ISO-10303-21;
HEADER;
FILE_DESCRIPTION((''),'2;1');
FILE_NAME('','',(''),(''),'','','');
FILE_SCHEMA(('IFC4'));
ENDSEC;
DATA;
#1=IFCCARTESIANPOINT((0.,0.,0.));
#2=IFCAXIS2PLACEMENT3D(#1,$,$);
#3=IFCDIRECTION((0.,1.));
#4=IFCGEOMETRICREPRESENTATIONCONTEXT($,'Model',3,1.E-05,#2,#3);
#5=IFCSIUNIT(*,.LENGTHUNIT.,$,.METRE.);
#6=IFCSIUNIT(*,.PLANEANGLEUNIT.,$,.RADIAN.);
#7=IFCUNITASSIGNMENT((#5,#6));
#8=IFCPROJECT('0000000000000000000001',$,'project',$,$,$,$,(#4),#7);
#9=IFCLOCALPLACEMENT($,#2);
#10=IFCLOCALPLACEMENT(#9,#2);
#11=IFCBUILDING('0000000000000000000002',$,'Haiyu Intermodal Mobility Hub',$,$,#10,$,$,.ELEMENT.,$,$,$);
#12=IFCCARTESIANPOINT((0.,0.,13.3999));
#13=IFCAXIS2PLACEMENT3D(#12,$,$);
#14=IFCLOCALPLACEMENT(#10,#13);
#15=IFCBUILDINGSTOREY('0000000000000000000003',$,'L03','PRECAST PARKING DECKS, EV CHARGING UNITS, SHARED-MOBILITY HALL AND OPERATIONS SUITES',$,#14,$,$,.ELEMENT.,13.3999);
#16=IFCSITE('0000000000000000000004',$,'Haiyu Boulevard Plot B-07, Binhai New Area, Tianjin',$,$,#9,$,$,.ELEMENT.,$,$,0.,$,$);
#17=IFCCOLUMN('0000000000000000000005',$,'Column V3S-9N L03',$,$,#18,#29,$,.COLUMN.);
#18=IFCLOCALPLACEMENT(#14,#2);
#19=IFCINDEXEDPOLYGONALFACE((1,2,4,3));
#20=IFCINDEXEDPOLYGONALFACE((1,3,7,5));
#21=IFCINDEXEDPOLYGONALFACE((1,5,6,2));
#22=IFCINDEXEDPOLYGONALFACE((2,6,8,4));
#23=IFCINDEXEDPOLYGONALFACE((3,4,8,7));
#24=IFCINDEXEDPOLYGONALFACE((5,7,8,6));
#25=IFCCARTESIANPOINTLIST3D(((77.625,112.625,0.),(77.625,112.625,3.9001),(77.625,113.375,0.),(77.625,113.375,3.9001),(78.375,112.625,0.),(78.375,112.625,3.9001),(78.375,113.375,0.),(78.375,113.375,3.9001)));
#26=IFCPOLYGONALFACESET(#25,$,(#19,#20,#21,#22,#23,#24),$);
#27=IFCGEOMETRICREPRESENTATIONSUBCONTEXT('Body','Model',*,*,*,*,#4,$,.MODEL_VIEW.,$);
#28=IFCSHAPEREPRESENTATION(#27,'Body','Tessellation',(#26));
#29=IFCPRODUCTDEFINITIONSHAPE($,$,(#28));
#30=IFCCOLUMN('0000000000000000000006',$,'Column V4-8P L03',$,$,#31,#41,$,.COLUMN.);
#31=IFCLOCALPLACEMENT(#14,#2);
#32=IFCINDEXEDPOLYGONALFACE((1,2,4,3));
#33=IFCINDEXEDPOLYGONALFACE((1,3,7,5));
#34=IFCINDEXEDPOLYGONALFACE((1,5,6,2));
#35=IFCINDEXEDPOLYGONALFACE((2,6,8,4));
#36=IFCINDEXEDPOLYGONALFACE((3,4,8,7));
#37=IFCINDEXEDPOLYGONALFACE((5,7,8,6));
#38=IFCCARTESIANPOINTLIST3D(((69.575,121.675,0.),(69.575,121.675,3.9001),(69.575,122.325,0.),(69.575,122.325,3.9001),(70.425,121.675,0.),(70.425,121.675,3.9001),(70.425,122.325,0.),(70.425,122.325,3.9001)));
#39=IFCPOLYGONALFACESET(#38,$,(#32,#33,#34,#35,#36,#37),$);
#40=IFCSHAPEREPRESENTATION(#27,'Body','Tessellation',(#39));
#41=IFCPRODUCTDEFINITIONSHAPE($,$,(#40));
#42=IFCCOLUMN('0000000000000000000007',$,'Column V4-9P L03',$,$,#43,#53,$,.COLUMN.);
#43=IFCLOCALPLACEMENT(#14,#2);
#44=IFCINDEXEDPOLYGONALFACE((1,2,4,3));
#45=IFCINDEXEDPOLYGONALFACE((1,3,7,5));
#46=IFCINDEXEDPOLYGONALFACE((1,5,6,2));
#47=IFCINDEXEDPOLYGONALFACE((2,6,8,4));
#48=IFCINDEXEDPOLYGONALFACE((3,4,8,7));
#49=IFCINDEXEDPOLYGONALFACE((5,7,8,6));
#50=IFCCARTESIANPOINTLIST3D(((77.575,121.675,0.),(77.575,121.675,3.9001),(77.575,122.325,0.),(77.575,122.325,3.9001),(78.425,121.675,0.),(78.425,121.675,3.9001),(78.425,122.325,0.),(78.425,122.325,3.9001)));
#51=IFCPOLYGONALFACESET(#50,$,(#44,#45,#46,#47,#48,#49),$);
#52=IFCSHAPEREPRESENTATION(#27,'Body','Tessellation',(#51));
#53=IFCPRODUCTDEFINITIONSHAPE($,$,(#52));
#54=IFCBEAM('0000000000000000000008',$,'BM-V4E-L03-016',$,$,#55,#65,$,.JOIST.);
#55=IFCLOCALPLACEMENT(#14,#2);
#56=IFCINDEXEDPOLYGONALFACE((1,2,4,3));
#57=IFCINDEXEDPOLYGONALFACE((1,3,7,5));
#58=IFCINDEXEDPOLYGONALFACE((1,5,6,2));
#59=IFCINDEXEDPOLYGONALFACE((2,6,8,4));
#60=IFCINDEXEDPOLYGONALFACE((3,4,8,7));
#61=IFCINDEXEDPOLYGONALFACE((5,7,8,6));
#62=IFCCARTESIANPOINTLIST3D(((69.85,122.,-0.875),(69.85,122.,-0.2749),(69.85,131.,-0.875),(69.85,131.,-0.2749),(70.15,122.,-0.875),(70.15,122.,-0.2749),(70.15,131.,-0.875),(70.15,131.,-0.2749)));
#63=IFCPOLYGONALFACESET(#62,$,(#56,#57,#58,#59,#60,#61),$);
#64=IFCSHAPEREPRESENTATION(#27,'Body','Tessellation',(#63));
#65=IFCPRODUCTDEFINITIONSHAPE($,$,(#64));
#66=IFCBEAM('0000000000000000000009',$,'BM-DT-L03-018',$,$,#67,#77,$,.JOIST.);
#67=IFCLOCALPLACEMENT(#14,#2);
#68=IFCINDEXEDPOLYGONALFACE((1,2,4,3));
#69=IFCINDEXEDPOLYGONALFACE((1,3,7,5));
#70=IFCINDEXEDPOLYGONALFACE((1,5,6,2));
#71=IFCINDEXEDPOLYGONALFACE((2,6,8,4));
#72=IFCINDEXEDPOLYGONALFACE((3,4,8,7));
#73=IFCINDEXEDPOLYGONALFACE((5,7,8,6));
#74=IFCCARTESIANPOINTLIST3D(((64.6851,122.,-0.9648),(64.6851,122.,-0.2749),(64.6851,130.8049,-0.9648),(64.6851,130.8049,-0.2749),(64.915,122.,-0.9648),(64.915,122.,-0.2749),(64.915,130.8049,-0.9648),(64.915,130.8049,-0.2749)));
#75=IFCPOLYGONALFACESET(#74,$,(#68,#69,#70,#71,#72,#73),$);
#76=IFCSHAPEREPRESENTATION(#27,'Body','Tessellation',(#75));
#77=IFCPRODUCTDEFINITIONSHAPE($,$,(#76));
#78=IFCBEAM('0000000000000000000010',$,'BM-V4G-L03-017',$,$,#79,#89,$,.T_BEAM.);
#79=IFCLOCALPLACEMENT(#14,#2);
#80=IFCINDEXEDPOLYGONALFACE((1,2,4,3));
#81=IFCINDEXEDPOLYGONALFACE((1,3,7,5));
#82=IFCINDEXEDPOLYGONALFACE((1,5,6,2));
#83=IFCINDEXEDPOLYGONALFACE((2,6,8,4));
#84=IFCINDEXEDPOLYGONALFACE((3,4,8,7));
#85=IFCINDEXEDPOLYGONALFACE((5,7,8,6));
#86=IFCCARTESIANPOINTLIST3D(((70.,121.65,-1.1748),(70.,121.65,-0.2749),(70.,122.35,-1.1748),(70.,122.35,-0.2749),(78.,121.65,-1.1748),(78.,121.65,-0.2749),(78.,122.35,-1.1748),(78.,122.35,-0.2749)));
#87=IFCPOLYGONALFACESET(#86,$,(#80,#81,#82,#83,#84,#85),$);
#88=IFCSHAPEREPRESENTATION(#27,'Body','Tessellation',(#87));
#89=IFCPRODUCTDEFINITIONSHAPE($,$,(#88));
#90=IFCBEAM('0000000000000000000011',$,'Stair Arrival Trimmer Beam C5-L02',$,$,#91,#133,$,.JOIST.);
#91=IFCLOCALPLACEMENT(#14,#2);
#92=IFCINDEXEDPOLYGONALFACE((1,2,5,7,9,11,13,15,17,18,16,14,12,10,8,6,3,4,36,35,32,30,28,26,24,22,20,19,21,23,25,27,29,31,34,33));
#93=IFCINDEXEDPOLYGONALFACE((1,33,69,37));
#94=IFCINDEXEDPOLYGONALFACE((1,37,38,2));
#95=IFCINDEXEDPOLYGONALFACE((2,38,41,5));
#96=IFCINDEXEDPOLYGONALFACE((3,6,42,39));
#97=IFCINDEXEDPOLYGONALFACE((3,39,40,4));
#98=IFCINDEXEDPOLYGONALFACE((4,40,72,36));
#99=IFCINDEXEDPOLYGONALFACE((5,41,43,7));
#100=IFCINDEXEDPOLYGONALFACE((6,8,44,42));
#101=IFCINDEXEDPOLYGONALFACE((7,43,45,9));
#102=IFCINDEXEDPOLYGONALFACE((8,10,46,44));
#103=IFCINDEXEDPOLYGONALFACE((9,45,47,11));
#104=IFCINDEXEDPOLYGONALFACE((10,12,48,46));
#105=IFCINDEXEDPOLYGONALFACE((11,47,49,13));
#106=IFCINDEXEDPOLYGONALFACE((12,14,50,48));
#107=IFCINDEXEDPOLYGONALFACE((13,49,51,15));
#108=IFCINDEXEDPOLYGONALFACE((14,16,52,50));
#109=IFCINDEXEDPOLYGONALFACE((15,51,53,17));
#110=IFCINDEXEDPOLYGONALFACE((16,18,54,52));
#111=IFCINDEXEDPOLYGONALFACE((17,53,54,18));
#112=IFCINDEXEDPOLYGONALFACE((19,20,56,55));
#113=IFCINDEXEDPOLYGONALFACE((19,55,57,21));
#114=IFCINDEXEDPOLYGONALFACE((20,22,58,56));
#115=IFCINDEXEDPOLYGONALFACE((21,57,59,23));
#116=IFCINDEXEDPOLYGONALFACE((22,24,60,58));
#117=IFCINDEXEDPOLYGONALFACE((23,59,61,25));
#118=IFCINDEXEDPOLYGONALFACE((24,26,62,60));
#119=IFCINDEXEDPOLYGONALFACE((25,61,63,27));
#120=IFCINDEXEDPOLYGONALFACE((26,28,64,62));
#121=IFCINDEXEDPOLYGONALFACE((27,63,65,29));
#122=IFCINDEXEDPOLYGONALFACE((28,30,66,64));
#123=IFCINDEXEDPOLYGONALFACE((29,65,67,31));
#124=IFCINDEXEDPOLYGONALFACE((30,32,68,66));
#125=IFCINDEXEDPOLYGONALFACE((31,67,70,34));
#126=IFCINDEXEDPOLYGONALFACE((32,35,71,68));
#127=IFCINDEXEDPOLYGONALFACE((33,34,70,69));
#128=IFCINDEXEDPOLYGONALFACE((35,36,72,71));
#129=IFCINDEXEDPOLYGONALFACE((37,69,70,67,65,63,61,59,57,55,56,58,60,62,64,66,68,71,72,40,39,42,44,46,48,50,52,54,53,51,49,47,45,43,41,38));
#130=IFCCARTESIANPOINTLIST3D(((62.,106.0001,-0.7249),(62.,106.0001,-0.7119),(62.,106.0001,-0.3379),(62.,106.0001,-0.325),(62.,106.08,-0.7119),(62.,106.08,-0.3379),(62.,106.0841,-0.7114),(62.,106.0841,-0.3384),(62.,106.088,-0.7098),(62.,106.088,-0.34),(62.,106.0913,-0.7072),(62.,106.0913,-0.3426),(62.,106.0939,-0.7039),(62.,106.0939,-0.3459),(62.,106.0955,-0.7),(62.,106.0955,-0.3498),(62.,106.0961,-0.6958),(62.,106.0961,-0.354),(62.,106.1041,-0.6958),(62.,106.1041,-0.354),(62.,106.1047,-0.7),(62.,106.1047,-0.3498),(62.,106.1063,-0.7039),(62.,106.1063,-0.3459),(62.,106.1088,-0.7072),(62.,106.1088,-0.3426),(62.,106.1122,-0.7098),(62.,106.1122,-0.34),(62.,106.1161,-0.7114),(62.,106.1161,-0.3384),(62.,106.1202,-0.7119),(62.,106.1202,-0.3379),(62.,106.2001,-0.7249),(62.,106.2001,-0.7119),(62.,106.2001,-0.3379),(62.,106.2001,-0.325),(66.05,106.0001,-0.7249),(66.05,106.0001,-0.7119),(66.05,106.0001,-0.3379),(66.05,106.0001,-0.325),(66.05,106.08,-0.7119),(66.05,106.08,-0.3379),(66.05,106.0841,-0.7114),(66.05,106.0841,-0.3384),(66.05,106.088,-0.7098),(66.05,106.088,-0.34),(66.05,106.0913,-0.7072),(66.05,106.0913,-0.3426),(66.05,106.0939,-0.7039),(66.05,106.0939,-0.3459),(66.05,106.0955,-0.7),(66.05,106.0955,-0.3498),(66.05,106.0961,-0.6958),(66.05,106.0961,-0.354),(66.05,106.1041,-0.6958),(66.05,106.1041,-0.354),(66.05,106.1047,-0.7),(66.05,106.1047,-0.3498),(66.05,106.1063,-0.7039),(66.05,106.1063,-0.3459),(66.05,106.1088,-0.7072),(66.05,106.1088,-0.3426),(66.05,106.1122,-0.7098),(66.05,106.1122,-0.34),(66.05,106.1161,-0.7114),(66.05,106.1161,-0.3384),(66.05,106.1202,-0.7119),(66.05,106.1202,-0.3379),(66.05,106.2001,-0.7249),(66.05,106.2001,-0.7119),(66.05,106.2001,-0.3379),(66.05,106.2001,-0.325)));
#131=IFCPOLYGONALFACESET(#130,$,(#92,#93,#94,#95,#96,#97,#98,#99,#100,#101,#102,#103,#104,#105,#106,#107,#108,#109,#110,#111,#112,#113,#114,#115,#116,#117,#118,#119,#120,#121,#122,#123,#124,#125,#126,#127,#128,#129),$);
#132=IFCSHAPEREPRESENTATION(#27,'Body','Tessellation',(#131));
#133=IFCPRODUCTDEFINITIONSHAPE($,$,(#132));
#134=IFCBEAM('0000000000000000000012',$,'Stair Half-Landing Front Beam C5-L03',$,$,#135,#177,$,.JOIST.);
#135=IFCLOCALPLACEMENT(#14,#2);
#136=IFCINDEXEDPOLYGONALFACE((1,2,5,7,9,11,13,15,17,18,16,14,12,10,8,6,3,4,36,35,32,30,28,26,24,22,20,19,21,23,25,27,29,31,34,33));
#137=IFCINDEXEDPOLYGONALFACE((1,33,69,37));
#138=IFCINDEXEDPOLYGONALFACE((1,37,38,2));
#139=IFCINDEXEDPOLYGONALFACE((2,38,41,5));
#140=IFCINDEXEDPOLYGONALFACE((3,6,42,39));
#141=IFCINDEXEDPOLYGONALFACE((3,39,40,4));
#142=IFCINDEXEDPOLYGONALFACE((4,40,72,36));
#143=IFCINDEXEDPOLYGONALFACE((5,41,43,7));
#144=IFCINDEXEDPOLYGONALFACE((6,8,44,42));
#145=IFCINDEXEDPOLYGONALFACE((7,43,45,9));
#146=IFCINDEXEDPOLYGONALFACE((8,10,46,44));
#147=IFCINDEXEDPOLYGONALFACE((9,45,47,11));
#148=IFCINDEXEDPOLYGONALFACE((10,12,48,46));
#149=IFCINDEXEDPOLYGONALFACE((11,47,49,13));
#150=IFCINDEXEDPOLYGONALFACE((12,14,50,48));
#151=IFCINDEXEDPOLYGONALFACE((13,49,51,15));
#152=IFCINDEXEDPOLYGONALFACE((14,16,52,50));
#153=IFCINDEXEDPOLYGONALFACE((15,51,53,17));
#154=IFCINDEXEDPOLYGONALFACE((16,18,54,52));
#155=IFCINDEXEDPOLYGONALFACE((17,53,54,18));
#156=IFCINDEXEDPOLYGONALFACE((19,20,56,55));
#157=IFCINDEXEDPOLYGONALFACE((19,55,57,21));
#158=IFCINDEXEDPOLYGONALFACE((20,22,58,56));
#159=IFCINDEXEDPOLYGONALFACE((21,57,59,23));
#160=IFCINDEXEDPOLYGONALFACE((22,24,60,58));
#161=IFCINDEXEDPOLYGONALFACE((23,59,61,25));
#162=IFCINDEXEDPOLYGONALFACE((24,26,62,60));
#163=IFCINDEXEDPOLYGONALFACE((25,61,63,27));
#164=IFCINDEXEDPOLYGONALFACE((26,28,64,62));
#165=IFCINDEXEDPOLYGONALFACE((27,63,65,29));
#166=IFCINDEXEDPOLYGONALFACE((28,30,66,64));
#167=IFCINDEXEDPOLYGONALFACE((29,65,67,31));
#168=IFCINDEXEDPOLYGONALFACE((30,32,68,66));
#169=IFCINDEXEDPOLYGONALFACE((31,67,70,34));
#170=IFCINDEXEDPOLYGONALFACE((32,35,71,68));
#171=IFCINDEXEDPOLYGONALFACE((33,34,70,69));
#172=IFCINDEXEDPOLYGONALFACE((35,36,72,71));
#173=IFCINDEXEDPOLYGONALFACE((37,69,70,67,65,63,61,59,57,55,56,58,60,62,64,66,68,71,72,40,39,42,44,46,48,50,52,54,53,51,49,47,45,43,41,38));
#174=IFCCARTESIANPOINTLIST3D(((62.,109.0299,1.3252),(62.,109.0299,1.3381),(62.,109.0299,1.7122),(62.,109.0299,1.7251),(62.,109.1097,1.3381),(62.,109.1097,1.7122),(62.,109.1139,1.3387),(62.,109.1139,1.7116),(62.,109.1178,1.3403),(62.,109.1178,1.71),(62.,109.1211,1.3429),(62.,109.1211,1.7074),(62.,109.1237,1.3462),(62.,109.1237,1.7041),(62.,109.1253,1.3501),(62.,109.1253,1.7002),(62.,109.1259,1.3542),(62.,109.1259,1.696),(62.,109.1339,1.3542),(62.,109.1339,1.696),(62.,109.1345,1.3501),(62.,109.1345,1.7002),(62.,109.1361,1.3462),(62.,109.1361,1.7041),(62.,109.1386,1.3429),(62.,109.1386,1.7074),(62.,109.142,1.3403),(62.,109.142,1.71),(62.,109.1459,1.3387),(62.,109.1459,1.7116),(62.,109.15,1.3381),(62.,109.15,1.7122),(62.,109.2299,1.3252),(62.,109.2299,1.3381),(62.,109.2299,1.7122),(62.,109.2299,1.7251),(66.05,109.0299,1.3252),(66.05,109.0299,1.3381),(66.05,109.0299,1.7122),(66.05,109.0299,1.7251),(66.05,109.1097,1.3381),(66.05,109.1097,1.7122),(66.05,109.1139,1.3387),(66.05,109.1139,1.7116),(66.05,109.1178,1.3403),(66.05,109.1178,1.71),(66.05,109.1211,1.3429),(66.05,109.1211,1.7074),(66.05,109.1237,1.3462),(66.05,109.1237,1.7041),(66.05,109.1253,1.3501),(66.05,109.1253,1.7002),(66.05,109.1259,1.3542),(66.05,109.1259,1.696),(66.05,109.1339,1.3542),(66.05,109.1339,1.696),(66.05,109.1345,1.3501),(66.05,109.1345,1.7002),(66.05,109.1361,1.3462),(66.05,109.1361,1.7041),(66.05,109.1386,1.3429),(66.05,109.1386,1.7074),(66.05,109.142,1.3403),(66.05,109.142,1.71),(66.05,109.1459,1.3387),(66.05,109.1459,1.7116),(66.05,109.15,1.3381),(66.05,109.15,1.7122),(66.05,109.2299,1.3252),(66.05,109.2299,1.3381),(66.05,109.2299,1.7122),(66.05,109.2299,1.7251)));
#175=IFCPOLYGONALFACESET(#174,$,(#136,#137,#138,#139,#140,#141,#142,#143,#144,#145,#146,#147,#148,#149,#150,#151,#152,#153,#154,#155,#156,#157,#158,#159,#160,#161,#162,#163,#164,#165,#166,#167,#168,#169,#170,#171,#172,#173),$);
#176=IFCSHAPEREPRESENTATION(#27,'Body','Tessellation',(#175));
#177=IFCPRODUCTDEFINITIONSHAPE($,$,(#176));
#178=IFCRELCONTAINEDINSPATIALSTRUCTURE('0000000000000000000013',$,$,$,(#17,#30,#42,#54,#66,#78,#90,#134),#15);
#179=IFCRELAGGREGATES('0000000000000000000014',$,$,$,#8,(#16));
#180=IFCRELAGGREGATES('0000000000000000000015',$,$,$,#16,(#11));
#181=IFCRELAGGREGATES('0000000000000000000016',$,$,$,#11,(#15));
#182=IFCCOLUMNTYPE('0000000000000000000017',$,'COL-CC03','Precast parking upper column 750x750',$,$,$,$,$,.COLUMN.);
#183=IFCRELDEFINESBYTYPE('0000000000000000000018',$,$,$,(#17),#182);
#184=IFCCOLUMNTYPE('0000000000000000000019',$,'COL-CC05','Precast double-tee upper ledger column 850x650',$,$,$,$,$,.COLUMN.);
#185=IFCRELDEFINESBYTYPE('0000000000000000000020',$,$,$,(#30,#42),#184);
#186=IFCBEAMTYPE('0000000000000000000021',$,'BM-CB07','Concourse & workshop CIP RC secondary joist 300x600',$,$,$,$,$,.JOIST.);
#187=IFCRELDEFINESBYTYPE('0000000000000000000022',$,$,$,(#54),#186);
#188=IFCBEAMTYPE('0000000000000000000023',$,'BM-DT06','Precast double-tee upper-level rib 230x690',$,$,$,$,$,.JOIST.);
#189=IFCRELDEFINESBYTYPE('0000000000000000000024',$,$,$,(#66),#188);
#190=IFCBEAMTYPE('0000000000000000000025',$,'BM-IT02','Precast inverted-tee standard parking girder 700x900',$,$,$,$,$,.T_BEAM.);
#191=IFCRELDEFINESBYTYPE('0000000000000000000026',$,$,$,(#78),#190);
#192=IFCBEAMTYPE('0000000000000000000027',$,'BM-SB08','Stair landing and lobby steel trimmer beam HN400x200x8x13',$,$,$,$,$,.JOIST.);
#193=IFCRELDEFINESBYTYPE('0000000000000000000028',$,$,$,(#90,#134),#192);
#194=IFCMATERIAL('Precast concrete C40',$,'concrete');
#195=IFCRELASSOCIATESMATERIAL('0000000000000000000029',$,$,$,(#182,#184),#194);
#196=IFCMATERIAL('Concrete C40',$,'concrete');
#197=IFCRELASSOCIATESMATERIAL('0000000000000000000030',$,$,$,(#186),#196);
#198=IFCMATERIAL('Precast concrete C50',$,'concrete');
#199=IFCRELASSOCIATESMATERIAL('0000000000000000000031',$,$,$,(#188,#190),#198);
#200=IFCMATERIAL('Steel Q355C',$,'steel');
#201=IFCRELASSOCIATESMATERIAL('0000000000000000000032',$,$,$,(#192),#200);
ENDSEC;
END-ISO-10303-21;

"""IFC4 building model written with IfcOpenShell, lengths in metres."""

from ifc_helpers import new_model, si_unit, direction, frame, origin, origin_2d, place, context, subcontext, project, spatial, rectangle, i_section, extrude, material, material_profile, profile_set, type_object, element, save


model = new_model("IFC4")

# Units and contexts
model_context = context("Model", 3, precision=1e-05, world=origin(), true_north=direction((0.0, 1.0)))
body_context = subcontext(model_context, "Body", "Model", "MODEL_VIEW")
ifc_project = project(units=[si_unit("LENGTHUNIT", "METRE"), si_unit("PLANEANGLEUNIT", "RADIAN")], contexts=[model_context])

# Site, building, storey
site_placement = place(None, origin())
site = spatial("IfcSite", under=ifc_project, at=site_placement, Name="Haiyu Boulevard Plot B-07, Binhai New Area, Tianjin", CompositionType="ELEMENT", RefElevation=0.0)
building_placement = place(site_placement, origin())
building = spatial("IfcBuilding", under=site, at=building_placement, Name="Haiyu Intermodal Mobility Hub", CompositionType="ELEMENT")
storey_placement = place(building_placement, frame((0.0, 0.0, 13.3999)))
storey = spatial("IfcBuildingStorey", under=building, at=storey_placement, Name="L03", Description="PRECAST PARKING DECKS, EV CHARGING UNITS, SHARED-MOBILITY HALL AND OPERATIONS SUITES", CompositionType="ELEMENT", Elevation=13.3999)

# Columns
ifc_material_1 = material(Name="Precast concrete C40", Category="concrete")
ifc_material_profile_1 = material_profile(ifc_material_1, rectangle(XDim=0.75, YDim=0.75, at=origin_2d()), Name="RC750x750")
ifc_profile_set_1 = profile_set([ifc_material_profile_1], Name="Precast concrete C40")
column_type_1 = type_object("IfcColumnType", Name="COL-CC03", Description="Precast parking upper column 750x750", PredefinedType="COLUMN", material=ifc_profile_set_1)
column_placement = place(storey_placement, frame((78.0, 113.0, 0.0), z_axis=(0.0, 0.0, 1.0), x_axis=(1.0, 0.0, 0.0)))
element("IfcColumn", 1, at=column_placement, inside=storey, type_object=column_type_1, Name="Column V3S-9N L03", PredefinedType="COLUMN", context=body_context, shape_type="SweptSolid", body=[
    extrude(rectangle(XDim=0.75, YDim=0.75, at=origin_2d()), origin(), (0.0, 0.0, 1.0), 3.9001),
])
ifc_material_profile_2 = material_profile(ifc_material_1, rectangle(XDim=0.8501, YDim=0.6499, at=origin_2d()), Name="RC850x650")
ifc_profile_set_2 = profile_set([ifc_material_profile_2], Name="Precast concrete C40")
column_type_2 = type_object("IfcColumnType", Name="COL-CC05", Description="Precast double-tee upper ledger column 850x650", PredefinedType="COLUMN", material=ifc_profile_set_2)
for number, where, z_axis, x_axis, name in (
    (2, (70.0, 122.0, 0.0), (0.0, 0.0, 1.0), (1.0, 0.0, 0.0), "Column V4-8P L03"),
    (3, (78.0, 122.0, 0.0), (0.0, 0.0, 1.0), (1.0, 0.0, 0.0), "Column V4-9P L03"),
):
    element("IfcColumn", number, at=place(storey_placement, frame(where, z_axis=z_axis, x_axis=x_axis)), inside=storey, type_object=column_type_2, Name=name, PredefinedType="COLUMN", context=body_context, shape_type="SweptSolid", body=[
        extrude(rectangle(XDim=0.8501, YDim=0.6499, at=origin_2d()), origin(), (0.0, 0.0, 1.0), 3.9001),
    ])

# Beams
ifc_material_2 = material(Name="Concrete C40", Category="concrete")
ifc_material_profile_3 = material_profile(ifc_material_2, rectangle(XDim=0.3, YDim=0.6001, at=origin_2d()), Name="RCB300x600")
ifc_profile_set_3 = profile_set([ifc_material_profile_3], Name="Concrete C40")
beam_type_1 = type_object("IfcBeamType", Name="BM-CB07", Description="Concourse & workshop CIP RC secondary joist 300x600", PredefinedType="JOIST", material=ifc_profile_set_3)
beam_1_placement = place(storey_placement, frame((70.0, 122.0, -0.575), z_axis=(0.0, 1.0, 0.0), x_axis=(-1.0, 0.0, 0.0)))
element("IfcBeam", 4, at=beam_1_placement, inside=storey, type_object=beam_type_1, Name="BM-V4E-L03-016", PredefinedType="JOIST", context=body_context, shape_type="SweptSolid", body=[
    extrude(rectangle(XDim=0.3, YDim=0.6001, at=origin_2d()), origin(), (0.0, 0.0, 1.0), 9.0),
])
ifc_material_3 = material(Name="Precast concrete C50", Category="concrete")
ifc_material_profile_4 = material_profile(ifc_material_3, rectangle(XDim=0.23, YDim=0.6899, at=origin_2d()), Name="B230x690")
ifc_profile_set_4 = profile_set([ifc_material_profile_4], Name="Precast concrete C50")
beam_type_2 = type_object("IfcBeamType", Name="BM-DT06", Description="Precast double-tee upper-level rib 230x690", PredefinedType="JOIST", material=ifc_profile_set_4)
beam_2_placement = place(storey_placement, frame((64.8, 122.0, -0.6199), z_axis=(0.0, 1.0, 0.0), x_axis=(-1.0, 0.0, 0.0)))
element("IfcBeam", 5, at=beam_2_placement, inside=storey, type_object=beam_type_2, Name="BM-DT-L03-018", PredefinedType="JOIST", context=body_context, shape_type="SweptSolid", body=[
    extrude(rectangle(XDim=0.23, YDim=0.6899, at=origin_2d()), origin(), (0.0, 0.0, 1.0), 8.8049),
])
ifc_material_profile_5 = material_profile(ifc_material_3, rectangle(XDim=0.7, YDim=0.8999, at=origin_2d()), Name="PC700x900")
ifc_profile_set_5 = profile_set([ifc_material_profile_5], Name="Precast concrete C50")
beam_type_3 = type_object("IfcBeamType", Name="BM-IT02", Description="Precast inverted-tee standard parking girder 700x900", PredefinedType="T_BEAM", material=ifc_profile_set_5)
beam_3_placement = place(storey_placement, frame((70.0, 122.0, -0.7249), z_axis=(1.0, 0.0, 0.0), x_axis=(0.0, 1.0, 0.0)))
element("IfcBeam", 6, at=beam_3_placement, inside=storey, type_object=beam_type_3, Name="BM-V4G-L03-017", PredefinedType="T_BEAM", context=body_context, shape_type="SweptSolid", body=[
    extrude(rectangle(XDim=0.7, YDim=0.8999, at=origin_2d()), origin(), (0.0, 0.0, 1.0), 8.0),
])
ifc_material_4 = material(Name="Steel Q355C", Category="steel")
ifc_material_profile_6 = material_profile(ifc_material_4, i_section(OverallWidth=0.2, OverallDepth=0.3999, WebThickness=0.0081, FlangeThickness=0.0129, FilletRadius=0.0161, at=origin_2d()), Name="HN400x200x8x13")
ifc_profile_set_6 = profile_set([ifc_material_profile_6], Name="Steel Q355C")
beam_type_4 = type_object("IfcBeamType", Name="BM-SB08", Description="Stair landing and lobby steel trimmer beam HN400x200x8x13", PredefinedType="JOIST", material=ifc_profile_set_6)
for number, where, z_axis, x_axis, name in (
    (7, (62.0, 106.1001, -0.5249), (1.0, 0.0, 0.0), (0.0, 1.0, 0.0), "Stair Arrival Trimmer Beam C5-L02"),
    (8, (62.0, 109.1299, 1.5251), (1.0, 0.0, 0.0), (0.0, 1.0, 0.0), "Stair Half-Landing Front Beam C5-L03"),
):
    element("IfcBeam", number, at=place(storey_placement, frame(where, z_axis=z_axis, x_axis=x_axis)), inside=storey, type_object=beam_type_4, Name=name, PredefinedType="JOIST", context=body_context, shape_type="SweptSolid", body=[
        extrude(i_section(OverallWidth=0.2, OverallDepth=0.3999, WebThickness=0.0081, FlangeThickness=0.0129, FilletRadius=0.0161, at=origin_2d()), origin(), (0.0, 0.0, 1.0), 4.05),
    ])

save(model, "model.ifc")
